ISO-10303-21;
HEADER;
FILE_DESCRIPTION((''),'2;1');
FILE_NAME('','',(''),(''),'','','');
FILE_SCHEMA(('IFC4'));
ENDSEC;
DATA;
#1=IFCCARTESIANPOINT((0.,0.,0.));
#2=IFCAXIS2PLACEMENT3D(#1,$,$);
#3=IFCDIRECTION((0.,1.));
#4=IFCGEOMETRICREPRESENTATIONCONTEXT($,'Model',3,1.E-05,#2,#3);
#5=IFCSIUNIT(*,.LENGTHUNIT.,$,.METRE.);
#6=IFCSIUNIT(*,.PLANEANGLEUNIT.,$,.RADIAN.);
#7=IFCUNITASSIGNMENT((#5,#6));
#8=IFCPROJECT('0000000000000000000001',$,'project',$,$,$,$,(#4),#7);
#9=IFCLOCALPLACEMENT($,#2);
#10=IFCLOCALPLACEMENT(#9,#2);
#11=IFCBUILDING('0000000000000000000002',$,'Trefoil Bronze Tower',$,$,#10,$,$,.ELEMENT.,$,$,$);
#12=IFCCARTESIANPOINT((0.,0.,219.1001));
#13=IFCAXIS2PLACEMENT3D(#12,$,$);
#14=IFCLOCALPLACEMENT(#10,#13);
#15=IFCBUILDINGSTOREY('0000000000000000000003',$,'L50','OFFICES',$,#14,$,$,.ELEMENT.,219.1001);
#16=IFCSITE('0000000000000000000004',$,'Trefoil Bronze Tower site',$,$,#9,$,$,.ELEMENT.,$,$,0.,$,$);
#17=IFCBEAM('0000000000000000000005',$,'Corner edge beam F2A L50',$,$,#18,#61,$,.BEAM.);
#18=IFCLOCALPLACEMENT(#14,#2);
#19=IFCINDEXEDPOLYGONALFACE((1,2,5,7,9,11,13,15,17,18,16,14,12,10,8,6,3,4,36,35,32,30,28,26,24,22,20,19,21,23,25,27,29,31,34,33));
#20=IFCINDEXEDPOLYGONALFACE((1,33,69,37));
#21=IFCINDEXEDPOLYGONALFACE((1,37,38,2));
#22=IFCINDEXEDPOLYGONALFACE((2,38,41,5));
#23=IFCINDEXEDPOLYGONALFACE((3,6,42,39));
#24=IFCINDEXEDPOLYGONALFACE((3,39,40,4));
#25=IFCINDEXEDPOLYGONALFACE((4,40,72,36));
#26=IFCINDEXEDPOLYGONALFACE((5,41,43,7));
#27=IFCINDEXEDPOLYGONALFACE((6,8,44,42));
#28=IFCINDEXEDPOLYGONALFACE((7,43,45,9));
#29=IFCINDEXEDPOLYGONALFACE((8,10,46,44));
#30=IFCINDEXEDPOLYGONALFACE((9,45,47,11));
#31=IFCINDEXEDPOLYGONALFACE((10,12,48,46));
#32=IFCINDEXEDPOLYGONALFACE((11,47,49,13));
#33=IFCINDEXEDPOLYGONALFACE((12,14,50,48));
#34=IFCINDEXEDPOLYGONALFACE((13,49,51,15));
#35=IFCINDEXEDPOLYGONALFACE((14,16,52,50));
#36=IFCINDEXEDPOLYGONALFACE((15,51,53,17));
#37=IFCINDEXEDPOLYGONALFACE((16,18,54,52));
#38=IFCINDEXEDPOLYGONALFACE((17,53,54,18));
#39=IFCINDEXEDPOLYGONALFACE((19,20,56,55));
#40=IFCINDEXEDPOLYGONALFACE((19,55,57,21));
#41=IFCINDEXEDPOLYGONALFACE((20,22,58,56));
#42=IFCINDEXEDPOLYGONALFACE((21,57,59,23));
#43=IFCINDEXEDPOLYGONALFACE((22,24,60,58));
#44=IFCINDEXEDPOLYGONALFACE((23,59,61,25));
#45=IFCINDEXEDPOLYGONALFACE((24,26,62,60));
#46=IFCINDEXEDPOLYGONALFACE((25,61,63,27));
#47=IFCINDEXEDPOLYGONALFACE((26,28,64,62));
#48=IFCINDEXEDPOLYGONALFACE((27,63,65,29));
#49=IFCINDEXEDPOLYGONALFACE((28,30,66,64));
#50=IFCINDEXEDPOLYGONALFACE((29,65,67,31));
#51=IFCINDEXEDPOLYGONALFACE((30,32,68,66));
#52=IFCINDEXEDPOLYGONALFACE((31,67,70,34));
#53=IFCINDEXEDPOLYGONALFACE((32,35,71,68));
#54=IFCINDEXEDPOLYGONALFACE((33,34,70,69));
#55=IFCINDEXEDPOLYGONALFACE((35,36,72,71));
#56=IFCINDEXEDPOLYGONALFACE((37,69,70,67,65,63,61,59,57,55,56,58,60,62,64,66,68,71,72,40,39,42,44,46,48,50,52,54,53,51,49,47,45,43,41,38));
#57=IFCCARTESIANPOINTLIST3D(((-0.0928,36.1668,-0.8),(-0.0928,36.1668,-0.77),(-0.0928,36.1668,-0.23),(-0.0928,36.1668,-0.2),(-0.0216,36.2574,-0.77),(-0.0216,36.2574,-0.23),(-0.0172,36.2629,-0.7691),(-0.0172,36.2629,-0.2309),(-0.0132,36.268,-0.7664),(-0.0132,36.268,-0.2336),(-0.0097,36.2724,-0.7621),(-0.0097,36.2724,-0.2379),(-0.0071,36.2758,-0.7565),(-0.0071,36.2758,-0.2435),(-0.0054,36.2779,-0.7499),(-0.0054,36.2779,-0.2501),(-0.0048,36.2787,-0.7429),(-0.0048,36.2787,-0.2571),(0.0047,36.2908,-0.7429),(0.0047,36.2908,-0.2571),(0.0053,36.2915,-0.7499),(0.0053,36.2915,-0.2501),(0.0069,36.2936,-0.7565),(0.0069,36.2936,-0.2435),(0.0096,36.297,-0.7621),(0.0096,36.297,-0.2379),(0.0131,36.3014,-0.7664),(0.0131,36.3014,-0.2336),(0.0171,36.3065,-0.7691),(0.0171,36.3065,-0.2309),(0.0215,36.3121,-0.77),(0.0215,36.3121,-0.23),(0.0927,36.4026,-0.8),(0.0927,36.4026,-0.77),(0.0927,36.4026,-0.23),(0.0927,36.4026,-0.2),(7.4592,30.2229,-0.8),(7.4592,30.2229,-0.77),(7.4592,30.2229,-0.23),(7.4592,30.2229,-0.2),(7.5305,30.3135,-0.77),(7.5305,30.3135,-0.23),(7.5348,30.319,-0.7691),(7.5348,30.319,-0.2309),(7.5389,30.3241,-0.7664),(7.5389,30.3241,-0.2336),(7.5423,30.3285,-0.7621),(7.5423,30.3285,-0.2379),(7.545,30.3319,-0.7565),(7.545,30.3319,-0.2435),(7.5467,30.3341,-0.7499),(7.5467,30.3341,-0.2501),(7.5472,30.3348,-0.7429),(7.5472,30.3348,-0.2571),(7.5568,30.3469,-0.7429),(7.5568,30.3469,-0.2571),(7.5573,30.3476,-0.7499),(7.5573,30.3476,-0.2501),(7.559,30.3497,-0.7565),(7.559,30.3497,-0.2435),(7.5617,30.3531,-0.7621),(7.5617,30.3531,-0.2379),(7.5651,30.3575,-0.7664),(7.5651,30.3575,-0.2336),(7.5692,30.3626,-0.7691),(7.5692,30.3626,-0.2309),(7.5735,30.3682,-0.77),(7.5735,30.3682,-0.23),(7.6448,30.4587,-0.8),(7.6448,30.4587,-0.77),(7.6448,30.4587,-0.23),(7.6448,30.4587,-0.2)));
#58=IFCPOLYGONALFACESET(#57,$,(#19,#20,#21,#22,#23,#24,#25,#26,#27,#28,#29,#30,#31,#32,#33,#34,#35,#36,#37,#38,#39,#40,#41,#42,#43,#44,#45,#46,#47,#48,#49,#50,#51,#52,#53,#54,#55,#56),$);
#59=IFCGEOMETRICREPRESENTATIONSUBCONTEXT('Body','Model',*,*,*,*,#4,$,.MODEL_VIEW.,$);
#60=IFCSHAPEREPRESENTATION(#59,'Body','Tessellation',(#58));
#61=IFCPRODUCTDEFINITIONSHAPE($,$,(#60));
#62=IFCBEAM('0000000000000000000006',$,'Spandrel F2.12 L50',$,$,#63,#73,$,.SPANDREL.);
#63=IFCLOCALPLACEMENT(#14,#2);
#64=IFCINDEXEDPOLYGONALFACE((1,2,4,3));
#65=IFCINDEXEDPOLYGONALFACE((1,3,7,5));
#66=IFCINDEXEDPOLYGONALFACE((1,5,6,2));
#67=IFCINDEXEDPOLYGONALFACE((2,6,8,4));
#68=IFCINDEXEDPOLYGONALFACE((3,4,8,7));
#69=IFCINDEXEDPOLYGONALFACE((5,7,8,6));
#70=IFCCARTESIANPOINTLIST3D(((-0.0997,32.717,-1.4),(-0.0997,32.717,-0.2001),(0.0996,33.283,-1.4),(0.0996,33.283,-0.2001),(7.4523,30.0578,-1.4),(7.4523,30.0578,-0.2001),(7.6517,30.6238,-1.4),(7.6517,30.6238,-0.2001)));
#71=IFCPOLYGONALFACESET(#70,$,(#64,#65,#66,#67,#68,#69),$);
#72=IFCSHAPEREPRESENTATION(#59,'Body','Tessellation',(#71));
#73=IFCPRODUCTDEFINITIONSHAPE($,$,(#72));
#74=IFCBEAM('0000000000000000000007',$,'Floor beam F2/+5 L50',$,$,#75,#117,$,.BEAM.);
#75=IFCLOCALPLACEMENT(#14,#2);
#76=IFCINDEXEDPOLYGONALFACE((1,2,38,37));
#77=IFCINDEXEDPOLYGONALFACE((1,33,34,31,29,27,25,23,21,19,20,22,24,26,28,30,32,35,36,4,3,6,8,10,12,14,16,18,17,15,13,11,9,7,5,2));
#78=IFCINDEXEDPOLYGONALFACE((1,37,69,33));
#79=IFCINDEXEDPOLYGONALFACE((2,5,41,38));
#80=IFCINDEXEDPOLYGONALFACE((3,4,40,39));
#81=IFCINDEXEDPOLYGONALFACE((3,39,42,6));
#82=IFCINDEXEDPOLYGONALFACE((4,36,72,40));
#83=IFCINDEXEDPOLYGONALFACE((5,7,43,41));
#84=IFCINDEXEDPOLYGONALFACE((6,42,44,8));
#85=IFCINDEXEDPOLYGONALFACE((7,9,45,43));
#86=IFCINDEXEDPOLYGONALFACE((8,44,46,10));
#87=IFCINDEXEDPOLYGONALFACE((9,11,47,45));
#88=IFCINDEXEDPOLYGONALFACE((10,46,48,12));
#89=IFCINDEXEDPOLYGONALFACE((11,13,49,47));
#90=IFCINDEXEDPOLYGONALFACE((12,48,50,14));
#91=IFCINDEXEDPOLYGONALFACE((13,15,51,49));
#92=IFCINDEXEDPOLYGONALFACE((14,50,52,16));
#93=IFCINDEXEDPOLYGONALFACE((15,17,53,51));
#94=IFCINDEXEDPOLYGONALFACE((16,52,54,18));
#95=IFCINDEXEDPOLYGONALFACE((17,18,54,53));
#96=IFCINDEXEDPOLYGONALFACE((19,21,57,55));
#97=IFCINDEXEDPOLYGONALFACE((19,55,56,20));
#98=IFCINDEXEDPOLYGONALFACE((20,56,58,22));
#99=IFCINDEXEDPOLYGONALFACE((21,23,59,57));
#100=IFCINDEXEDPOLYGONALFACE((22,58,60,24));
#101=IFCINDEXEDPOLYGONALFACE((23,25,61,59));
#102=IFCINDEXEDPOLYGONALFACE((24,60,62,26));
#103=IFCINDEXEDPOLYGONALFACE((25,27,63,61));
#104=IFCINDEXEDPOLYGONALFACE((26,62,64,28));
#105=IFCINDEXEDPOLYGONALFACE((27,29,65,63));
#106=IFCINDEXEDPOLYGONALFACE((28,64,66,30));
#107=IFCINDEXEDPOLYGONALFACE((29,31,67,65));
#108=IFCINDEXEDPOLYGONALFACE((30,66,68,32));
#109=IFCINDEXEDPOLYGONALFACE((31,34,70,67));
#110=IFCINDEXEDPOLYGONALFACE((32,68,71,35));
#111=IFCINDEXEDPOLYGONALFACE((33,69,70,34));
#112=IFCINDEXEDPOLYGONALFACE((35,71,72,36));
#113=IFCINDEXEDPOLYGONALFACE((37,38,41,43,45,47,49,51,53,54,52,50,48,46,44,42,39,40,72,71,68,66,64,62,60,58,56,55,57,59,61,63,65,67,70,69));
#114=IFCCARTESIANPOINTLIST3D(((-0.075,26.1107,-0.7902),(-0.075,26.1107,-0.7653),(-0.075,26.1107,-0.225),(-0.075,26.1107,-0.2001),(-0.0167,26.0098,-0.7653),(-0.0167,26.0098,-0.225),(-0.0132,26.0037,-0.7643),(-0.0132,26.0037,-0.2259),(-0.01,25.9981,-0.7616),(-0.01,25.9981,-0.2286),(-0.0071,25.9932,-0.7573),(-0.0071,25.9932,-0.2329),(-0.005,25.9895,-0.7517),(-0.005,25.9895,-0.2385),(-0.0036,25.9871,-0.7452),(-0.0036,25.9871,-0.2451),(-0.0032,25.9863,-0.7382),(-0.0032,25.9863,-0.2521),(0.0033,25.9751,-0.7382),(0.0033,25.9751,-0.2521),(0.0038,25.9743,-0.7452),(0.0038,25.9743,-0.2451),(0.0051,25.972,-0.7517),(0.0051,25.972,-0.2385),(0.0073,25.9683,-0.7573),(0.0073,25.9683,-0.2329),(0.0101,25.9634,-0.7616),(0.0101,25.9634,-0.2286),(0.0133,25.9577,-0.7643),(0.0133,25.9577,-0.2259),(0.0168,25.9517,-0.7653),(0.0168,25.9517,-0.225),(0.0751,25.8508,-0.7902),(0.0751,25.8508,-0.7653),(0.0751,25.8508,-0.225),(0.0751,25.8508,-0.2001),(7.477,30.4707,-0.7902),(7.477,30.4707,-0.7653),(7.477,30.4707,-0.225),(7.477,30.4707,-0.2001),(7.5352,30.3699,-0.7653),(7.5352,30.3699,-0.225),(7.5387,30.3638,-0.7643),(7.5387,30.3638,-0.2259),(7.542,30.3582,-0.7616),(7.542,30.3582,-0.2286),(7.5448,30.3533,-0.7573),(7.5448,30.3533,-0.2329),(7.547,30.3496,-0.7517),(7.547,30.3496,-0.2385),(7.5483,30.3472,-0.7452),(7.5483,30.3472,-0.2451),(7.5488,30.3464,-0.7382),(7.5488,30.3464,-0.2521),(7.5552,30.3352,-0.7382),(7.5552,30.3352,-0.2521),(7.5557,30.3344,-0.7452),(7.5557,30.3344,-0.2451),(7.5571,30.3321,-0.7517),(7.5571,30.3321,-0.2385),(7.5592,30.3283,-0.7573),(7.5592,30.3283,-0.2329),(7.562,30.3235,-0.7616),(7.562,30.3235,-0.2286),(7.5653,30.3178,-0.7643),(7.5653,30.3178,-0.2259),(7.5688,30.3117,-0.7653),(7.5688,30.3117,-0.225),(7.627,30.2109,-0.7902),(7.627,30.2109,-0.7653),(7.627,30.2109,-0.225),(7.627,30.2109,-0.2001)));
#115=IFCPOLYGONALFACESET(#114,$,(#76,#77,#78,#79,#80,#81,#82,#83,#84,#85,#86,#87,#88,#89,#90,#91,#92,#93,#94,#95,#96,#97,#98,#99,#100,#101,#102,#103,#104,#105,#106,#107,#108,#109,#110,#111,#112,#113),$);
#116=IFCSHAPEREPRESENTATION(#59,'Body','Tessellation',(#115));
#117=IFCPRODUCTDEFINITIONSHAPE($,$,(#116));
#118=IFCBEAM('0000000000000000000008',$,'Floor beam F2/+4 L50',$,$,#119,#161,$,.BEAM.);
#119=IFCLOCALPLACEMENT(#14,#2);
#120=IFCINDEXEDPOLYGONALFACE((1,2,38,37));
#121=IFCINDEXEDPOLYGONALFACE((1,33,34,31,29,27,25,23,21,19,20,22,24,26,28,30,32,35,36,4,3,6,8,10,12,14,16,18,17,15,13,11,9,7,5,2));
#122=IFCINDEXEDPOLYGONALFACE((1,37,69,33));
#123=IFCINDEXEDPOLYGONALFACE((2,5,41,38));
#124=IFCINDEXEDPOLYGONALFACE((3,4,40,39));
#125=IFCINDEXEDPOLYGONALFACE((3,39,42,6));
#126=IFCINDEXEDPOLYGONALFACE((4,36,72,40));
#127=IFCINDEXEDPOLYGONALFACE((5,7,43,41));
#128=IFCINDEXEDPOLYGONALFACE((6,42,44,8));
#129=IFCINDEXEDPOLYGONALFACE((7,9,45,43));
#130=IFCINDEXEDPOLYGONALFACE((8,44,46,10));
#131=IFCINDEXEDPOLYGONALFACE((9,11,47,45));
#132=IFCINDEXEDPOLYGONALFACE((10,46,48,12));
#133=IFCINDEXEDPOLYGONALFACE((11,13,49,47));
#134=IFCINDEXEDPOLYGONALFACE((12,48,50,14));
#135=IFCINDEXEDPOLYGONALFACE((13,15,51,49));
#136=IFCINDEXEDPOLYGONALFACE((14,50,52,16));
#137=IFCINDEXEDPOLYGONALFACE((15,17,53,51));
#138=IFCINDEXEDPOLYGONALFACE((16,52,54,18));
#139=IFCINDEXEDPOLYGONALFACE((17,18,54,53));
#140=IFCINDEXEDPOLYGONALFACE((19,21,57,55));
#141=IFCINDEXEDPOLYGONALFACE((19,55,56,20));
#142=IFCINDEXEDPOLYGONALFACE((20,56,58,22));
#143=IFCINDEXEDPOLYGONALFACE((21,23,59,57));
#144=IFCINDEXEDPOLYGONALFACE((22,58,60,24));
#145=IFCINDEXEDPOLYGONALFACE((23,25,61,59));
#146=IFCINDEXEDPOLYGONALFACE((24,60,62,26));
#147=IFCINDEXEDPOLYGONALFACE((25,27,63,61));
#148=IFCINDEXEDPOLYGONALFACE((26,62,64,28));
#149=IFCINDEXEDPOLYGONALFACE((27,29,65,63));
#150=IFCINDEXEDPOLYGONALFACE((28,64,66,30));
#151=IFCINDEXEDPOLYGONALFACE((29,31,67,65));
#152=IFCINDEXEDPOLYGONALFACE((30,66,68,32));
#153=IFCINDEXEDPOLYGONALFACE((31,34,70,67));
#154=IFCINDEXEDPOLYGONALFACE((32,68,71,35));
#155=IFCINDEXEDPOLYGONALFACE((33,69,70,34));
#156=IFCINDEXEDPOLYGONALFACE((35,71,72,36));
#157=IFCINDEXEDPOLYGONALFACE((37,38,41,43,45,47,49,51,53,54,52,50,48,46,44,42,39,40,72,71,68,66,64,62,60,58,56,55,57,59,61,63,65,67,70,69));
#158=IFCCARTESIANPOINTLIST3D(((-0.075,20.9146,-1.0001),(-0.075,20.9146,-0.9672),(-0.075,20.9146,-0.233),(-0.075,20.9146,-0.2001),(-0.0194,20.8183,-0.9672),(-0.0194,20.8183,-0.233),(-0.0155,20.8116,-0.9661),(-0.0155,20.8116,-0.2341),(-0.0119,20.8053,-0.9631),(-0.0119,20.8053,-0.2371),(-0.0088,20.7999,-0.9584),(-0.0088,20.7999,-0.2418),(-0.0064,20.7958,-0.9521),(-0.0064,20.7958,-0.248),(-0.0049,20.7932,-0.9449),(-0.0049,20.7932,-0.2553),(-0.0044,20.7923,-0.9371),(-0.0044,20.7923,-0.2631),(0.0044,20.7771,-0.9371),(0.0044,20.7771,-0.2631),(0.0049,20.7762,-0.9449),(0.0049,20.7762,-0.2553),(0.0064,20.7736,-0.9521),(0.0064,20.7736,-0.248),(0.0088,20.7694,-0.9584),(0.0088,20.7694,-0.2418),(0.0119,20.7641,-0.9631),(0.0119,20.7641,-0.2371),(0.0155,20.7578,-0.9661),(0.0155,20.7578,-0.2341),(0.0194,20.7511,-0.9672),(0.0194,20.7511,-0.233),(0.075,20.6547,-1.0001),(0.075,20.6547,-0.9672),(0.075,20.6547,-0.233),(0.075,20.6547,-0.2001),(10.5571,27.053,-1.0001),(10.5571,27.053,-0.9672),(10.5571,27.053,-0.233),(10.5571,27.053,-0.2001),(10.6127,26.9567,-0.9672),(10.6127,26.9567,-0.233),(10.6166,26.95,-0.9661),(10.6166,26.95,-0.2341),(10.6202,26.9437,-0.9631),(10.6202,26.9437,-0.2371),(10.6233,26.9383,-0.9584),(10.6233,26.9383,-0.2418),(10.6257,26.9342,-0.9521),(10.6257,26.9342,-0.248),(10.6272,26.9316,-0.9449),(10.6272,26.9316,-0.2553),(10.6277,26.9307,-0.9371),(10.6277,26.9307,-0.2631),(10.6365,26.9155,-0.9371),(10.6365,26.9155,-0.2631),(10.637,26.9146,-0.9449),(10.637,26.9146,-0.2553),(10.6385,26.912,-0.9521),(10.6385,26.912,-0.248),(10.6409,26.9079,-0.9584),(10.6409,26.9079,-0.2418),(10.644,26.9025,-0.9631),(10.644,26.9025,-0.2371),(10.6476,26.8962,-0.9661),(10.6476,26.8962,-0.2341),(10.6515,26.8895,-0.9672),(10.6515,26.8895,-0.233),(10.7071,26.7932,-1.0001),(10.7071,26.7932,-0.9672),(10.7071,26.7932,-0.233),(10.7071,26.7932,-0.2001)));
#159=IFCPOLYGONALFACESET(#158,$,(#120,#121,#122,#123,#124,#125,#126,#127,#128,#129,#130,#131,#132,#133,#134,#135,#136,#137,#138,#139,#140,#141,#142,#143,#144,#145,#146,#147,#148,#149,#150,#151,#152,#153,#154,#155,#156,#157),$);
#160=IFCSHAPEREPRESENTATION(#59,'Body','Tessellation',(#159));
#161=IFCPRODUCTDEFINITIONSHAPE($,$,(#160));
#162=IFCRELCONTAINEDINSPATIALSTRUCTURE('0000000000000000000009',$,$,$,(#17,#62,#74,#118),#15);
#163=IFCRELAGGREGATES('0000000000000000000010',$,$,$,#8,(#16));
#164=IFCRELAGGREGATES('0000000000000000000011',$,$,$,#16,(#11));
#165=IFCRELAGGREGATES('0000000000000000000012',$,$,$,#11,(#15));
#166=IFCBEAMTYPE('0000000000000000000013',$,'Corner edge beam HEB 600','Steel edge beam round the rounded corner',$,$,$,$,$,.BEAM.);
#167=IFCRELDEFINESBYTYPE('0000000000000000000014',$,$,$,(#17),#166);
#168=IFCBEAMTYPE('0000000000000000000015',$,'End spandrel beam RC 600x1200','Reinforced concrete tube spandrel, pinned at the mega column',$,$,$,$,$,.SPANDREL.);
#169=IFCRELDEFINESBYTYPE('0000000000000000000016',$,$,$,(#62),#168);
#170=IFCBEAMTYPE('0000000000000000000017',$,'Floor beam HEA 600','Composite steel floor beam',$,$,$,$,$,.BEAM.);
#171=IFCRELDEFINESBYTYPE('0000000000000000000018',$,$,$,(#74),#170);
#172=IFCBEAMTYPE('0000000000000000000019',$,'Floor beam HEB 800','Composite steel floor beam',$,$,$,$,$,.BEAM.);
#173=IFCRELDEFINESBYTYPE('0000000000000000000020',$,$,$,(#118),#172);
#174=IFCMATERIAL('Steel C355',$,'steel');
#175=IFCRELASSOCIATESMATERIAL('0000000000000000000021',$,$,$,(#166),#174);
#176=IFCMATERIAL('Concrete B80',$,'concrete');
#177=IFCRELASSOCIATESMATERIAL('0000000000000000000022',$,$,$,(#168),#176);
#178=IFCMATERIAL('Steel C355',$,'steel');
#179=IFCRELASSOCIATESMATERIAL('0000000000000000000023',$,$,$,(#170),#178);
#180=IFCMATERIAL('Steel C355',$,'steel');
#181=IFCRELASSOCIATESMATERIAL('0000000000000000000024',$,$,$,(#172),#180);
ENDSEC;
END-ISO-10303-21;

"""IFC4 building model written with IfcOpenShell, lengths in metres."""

from ifc_helpers import new_model, si_unit, direction, frame, origin, origin_2d, place, context, subcontext, project, spatial, rectangle, i_section, extrude, material, material_profile, profile_set, type_object, element, save


model = new_model("IFC4")

# Units and contexts
model_context = context("Model", 3, precision=1e-05, world=origin(), true_north=direction((0.0, 1.0)))
body_context = subcontext(model_context, "Body", "Model", "MODEL_VIEW")
ifc_project = project(units=[si_unit("LENGTHUNIT", "METRE"), si_unit("PLANEANGLEUNIT", "RADIAN")], contexts=[model_context])

# Site, building, storey
site_placement = place(None, origin())
site = spatial("IfcSite", under=ifc_project, at=site_placement, Name="Trefoil Bronze Tower site", CompositionType="ELEMENT", RefElevation=0.0)
building_placement = place(site_placement, origin())
building = spatial("IfcBuilding", under=site, at=building_placement, Name="Trefoil Bronze Tower", CompositionType="ELEMENT")
storey_placement = place(building_placement, frame((0.0, 0.0, 219.1001)))
storey = spatial("IfcBuildingStorey", under=building, at=storey_placement, Name="L50", Description="OFFICES", CompositionType="ELEMENT", Elevation=219.1001)

# Beams
ifc_material_1 = material(Name="Steel C355", Category="steel")
ifc_material_profile_1 = material_profile(ifc_material_1, i_section(OverallWidth=0.3, OverallDepth=0.6001, WebThickness=0.0154, FlangeThickness=0.03, FilletRadius=0.0271, at=origin_2d()), Name="HEB 600")
ifc_profile_set_1 = profile_set([ifc_material_profile_1], Name="Steel C355")
beam_type_1 = type_object("IfcBeamType", Name="Corner edge beam HEB 600", Description="Steel edge beam round the rounded corner", PredefinedType="BEAM", material=ifc_profile_set_1)
beam_1_placement = place(storey_placement, frame((7.552, 30.3408, -0.5), z_axis=(-0.785806, 0.618473, 0.0), x_axis=(-0.618473, -0.785806, 0.0)))
element("IfcBeam", 1, at=beam_1_placement, inside=storey, type_object=beam_type_1, Name="Corner edge beam F2A L50", PredefinedType="BEAM", context=body_context, shape_type="SweptSolid", body=[
    extrude(i_section(OverallWidth=0.3, OverallDepth=0.6001, WebThickness=0.0154, FlangeThickness=0.03, FilletRadius=0.0271, at=origin_2d()), origin(), (0.0, 0.0, 1.0), 9.6106),
])
ifc_material_2 = material(Name="Concrete B80", Category="concrete")
ifc_material_profile_2 = material_profile(ifc_material_2, rectangle(XDim=0.6001, YDim=1.2, at=origin_2d()), Name="RC 600x1200")
ifc_profile_set_2 = profile_set([ifc_material_profile_2], Name="Concrete B80")
beam_type_2 = type_object("IfcBeamType", Name="End spandrel beam RC 600x1200", Description="Reinforced concrete tube spandrel, pinned at the mega column", PredefinedType="SPANDREL", material=ifc_profile_set_2)
beam_2_placement = place(storey_placement, frame((7.552, 30.3408, -0.8), z_axis=(-0.943234, 0.332128, 0.0), x_axis=(-0.332128, -0.943234, 0.0)))
element("IfcBeam", 2, at=beam_2_placement, inside=storey, type_object=beam_type_2, Name="Spandrel F2.12 L50", PredefinedType="SPANDREL", context=body_context, shape_type="SweptSolid", body=[
    extrude(rectangle(XDim=0.6001, YDim=1.2, at=origin_2d()), origin(), (0.0, 0.0, 1.0), 8.0066),
])
ifc_material_3 = material(Name="Steel C355", Category="steel")
ifc_material_profile_3 = material_profile(ifc_material_3, i_section(OverallWidth=0.3, OverallDepth=0.5901, WebThickness=0.0129, FlangeThickness=0.0249, FilletRadius=0.0271, at=origin_2d()), Name="HEA 600")
ifc_profile_set_3 = profile_set([ifc_material_profile_3], Name="Steel C355")
beam_type_3 = type_object("IfcBeamType", Name="Floor beam HEA 600", Description="Composite steel floor beam", PredefinedType="BEAM", material=ifc_profile_set_3)
beam_3_placement = place(storey_placement, frame((7.552, 30.3408, -0.4951), z_axis=(-0.866028, -0.499996, 0.0), x_axis=(0.499996, -0.866028, 0.0)))
element("IfcBeam", 3, at=beam_3_placement, inside=storey, type_object=beam_type_3, Name="Floor beam F2/+5 L50", PredefinedType="BEAM", context=body_context, shape_type="SweptSolid", body=[
    extrude(i_section(OverallWidth=0.3, OverallDepth=0.5901, WebThickness=0.0129, FlangeThickness=0.0249, FilletRadius=0.0271, at=origin_2d()), origin(), (0.0, 0.0, 1.0), 8.7202),
])
ifc_material_4 = material(Name="Steel C355", Category="steel")
ifc_material_profile_4 = material_profile(ifc_material_4, i_section(OverallWidth=0.3, OverallDepth=0.8, WebThickness=0.0176, FlangeThickness=0.033, FilletRadius=0.03, at=origin_2d()), Name="HEB 800")
ifc_profile_set_4 = profile_set([ifc_material_profile_4], Name="Steel C355")
beam_type_4 = type_object("IfcBeamType", Name="Floor beam HEB 800", Description="Composite steel floor beam", PredefinedType="BEAM", material=ifc_profile_set_4)
beam_4_placement = place(storey_placement, frame((10.6321, 26.9231, -0.6001), z_axis=(-0.866026, -0.5, 0.0), x_axis=(0.5, -0.866026, 0.0)))
element("IfcBeam", 4, at=beam_4_placement, inside=storey, type_object=beam_type_4, Name="Floor beam F2/+4 L50", PredefinedType="BEAM", context=body_context, shape_type="SweptSolid", body=[
    extrude(i_section(OverallWidth=0.3, OverallDepth=0.8, WebThickness=0.0176, FlangeThickness=0.033, FilletRadius=0.03, at=origin_2d()), origin(), (0.0, 0.0, 1.0), 12.2769),
])

save(model, "model.ifc")
